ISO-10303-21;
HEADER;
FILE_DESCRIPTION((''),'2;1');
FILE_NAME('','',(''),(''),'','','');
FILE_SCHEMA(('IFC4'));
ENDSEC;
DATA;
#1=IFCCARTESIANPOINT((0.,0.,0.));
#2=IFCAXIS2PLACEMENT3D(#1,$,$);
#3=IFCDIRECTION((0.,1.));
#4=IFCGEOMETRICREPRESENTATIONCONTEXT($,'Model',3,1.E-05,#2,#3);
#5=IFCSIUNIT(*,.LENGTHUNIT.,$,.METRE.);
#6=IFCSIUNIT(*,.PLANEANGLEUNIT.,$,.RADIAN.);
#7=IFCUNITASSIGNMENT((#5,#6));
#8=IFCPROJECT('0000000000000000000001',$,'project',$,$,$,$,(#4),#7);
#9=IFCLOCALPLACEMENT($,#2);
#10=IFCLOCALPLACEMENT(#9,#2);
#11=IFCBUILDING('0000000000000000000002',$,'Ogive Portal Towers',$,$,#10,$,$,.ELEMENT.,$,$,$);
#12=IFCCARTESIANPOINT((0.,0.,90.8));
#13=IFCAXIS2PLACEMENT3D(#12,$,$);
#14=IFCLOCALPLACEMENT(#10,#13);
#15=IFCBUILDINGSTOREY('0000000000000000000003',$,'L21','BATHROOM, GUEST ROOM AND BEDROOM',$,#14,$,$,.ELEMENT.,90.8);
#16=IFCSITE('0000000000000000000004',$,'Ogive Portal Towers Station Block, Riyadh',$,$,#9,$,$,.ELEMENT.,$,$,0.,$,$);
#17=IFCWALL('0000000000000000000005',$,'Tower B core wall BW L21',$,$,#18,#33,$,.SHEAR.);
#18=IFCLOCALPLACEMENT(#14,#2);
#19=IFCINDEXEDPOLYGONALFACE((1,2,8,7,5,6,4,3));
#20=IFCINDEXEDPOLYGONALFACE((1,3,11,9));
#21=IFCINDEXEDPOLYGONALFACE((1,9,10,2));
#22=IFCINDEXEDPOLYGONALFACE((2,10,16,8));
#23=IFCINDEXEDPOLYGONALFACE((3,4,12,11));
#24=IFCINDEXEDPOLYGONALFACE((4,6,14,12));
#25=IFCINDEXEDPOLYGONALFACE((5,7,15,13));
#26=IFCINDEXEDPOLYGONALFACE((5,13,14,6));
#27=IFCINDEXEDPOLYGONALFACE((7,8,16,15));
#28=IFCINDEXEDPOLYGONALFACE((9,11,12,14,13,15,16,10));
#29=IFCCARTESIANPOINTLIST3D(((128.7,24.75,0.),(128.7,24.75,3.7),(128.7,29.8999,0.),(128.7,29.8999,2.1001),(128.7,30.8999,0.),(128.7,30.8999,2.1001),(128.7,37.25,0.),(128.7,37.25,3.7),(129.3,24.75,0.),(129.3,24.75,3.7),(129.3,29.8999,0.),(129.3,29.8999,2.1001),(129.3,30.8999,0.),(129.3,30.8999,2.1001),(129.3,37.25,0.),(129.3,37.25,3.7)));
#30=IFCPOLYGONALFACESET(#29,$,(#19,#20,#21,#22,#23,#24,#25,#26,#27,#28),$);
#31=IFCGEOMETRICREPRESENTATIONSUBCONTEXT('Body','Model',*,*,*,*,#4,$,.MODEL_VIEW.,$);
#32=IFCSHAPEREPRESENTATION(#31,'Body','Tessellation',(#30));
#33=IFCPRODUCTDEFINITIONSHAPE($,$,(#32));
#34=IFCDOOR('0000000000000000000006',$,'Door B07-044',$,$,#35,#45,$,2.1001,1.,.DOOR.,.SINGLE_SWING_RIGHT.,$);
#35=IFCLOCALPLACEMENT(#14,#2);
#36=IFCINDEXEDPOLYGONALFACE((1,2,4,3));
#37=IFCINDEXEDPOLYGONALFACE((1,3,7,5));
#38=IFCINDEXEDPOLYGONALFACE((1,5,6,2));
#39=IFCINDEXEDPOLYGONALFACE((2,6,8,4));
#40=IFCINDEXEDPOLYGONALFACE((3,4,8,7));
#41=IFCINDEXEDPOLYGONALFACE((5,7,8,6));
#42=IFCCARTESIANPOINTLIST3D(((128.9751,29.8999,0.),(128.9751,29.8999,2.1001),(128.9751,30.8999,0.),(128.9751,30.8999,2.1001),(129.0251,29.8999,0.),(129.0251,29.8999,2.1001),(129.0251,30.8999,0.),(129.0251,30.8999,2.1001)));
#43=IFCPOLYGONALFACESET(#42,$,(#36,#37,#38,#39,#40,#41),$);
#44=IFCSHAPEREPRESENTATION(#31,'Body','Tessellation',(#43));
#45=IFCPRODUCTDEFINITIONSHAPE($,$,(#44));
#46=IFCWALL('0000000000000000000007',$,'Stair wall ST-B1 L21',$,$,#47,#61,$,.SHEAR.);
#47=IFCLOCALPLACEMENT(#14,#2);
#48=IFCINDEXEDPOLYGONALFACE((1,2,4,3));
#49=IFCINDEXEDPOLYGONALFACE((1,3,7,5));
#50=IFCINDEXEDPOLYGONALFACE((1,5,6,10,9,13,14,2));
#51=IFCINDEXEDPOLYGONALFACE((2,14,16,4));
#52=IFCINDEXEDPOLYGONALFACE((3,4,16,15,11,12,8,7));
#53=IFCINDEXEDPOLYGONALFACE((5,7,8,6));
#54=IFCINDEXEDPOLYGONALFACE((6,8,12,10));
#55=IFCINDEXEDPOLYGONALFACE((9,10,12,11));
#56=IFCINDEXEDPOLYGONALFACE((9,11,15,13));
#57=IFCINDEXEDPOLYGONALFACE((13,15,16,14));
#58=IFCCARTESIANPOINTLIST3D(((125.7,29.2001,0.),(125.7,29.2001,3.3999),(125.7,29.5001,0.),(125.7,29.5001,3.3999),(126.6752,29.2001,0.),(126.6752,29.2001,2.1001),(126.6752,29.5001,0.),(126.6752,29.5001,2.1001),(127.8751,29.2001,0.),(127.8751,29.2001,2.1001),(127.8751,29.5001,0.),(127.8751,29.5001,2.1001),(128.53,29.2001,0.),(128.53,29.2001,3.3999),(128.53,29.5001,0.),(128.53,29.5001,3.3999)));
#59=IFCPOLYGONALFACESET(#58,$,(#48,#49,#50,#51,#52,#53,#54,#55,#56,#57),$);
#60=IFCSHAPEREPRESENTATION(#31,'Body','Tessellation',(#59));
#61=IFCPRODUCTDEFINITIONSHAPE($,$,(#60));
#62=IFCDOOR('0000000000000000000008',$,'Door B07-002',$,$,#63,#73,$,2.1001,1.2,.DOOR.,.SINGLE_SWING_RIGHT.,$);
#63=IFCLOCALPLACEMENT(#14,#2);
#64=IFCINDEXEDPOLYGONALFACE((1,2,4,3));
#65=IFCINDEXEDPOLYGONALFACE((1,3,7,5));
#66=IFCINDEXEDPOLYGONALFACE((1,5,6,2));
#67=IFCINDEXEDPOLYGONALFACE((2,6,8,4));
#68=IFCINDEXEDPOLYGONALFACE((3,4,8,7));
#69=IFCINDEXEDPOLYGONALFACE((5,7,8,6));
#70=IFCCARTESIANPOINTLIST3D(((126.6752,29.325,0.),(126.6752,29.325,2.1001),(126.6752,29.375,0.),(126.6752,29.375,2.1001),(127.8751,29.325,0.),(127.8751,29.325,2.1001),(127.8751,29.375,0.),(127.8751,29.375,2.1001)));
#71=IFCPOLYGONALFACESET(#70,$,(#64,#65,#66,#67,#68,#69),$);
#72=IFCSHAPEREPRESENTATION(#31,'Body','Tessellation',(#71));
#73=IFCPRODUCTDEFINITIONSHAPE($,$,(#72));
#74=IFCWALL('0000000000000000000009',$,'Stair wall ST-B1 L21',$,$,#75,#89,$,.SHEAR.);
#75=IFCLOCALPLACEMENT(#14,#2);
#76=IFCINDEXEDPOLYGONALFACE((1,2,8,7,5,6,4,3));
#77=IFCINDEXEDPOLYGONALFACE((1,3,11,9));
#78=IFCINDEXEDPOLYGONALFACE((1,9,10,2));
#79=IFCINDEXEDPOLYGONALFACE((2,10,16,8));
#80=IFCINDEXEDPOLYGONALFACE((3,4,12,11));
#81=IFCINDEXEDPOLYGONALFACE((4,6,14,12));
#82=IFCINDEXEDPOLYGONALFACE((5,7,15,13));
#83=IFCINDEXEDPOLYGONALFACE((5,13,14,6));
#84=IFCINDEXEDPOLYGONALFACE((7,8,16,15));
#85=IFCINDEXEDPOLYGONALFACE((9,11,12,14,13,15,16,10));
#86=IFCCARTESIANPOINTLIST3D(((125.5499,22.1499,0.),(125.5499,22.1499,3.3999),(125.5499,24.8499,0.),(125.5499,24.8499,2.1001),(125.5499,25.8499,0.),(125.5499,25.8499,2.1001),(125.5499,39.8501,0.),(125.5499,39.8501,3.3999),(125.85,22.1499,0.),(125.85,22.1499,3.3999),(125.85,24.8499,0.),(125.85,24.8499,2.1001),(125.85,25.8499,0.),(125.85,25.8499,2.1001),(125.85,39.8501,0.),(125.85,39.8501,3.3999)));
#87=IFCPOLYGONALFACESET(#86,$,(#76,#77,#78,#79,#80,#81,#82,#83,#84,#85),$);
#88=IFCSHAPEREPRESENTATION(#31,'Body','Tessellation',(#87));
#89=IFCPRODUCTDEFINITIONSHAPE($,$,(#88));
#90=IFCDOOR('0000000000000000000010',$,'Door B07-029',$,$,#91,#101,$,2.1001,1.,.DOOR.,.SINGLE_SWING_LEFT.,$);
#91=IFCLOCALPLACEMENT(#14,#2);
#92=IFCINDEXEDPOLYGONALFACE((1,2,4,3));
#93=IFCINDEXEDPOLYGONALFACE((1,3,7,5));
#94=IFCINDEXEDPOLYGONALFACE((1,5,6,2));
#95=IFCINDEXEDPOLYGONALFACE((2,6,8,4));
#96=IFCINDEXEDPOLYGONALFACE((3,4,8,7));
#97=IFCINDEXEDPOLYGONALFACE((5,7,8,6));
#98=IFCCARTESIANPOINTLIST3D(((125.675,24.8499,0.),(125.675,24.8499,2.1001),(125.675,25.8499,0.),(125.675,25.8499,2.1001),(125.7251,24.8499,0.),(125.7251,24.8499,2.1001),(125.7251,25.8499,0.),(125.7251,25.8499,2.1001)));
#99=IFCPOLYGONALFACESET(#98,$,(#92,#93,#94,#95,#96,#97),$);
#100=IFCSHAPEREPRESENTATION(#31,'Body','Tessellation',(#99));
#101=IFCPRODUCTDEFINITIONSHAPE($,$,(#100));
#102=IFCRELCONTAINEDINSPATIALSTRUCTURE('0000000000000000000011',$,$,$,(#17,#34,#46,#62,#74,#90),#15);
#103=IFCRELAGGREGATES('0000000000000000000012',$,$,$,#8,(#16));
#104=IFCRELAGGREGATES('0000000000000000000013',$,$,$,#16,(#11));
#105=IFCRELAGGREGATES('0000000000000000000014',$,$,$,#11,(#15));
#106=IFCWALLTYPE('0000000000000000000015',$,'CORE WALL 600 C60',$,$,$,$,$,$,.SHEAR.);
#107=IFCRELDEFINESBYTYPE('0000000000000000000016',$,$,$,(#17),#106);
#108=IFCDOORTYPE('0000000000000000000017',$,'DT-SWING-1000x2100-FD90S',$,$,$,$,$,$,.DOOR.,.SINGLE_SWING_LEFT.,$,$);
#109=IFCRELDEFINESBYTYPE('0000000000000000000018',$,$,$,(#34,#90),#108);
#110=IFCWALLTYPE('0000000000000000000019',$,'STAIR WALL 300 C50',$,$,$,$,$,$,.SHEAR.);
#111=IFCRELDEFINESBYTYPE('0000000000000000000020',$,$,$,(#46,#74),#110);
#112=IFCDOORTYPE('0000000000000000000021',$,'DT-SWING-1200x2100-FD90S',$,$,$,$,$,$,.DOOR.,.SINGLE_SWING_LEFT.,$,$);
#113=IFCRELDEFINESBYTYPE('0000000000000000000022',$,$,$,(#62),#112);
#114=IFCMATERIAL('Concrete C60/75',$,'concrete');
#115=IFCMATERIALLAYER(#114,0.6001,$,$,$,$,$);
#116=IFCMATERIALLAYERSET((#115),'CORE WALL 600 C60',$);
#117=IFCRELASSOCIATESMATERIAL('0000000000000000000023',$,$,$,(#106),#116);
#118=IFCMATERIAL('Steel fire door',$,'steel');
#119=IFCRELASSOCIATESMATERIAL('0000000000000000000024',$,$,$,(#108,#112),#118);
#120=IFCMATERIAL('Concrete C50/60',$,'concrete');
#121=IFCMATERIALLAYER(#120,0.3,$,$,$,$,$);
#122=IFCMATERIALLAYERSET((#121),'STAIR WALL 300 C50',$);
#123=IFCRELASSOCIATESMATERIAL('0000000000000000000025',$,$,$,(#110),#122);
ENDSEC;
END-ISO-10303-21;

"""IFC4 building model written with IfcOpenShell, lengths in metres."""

from ifc_helpers import new_model, si_unit, direction, frame, frame_2d, origin, place, context, subcontext, project, spatial, rectangle, extrude, material, layer, layer_set, type_object, element, fill, save


model = new_model("IFC4")

# Units and contexts
model_context = context("Model", 3, precision=1e-05, world=origin(), true_north=direction((0.0, 1.0)))
body_context = subcontext(model_context, "Body", "Model", "MODEL_VIEW")
ifc_project = project(units=[si_unit("LENGTHUNIT", "METRE"), si_unit("PLANEANGLEUNIT", "RADIAN")], contexts=[model_context])

# Site, building, storey
site_placement = place(None, origin())
site = spatial("IfcSite", under=ifc_project, at=site_placement, Name="Ogive Portal Towers Station Block, Riyadh", CompositionType="ELEMENT", RefElevation=0.0)
building_placement = place(site_placement, origin())
building = spatial("IfcBuilding", under=site, at=building_placement, Name="Ogive Portal Towers", CompositionType="ELEMENT")
storey_placement = place(building_placement, frame((0.0, 0.0, 90.8)))
storey = spatial("IfcBuildingStorey", under=building, at=storey_placement, Name="L21", Description="BATHROOM, GUEST ROOM AND BEDROOM", CompositionType="ELEMENT", Elevation=90.8)

# Shared definitions
ifc_material_1 = material(Name="Concrete C50/60", Category="concrete")

# Shared definitions
ifc_material_2 = material(Name="Concrete C60/75", Category="concrete")
ifc_material_3 = material(Name="Steel fire door", Category="steel")

# Walls, openings, doors
ifc_layer_1 = layer(ifc_material_2, 0.6001)
ifc_layer_set_1 = layer_set([ifc_layer_1], Name="CORE WALL 600 C60")
wall_type_1 = type_object("IfcWallType", Name="CORE WALL 600 C60", PredefinedType="SHEAR", material=ifc_layer_set_1)
wall_1_placement = place(storey_placement, frame((129.0, 24.75, 0.0), z_axis=(0.0, 0.0, 1.0), x_axis=(0.0, 1.0, 0.0)))
wall_1 = element("IfcWall", 1, at=wall_1_placement, inside=storey, type_object=wall_type_1, Name="Tower B core wall BW L21", PredefinedType="SHEAR", context=body_context, shape_type="SweptSolid", body=[
    extrude(rectangle(XDim=12.5, YDim=0.6001, at=frame_2d((6.25, 0.0))), origin(), (0.0, 0.0, 1.0), 3.7),
])
opening_1_placement = place(wall_1_placement, frame((5.1499, 0.0, 0.0)))
opening_1 = element("IfcOpeningElement", 2, at=opening_1_placement, cuts=wall_1, PredefinedType="OPENING", context=body_context, shape_type="SweptSolid", body=[
    extrude(rectangle(XDim=1.0, YDim=2.1001, at=frame_2d((0.5, 1.05))), frame((0.0, 0.3101, 0.0), z_axis=(0.0, -1.0, 0.0), x_axis=(1.0, 0.0, 0.0)), (0.0, 0.0, 1.0), 0.6201),
])
door_type_1 = type_object("IfcDoorType", Name="DT-SWING-1000x2100-FD90S", OperationType="SINGLE_SWING_LEFT", PredefinedType="DOOR", material=ifc_material_3)
door_1_placement = place(opening_1_placement, origin())
door_1 = element("IfcDoor", 3, at=door_1_placement, inside=storey, type_object=door_type_1, Name="Door B07-044", OperationType="SINGLE_SWING_RIGHT", OverallHeight=2.1001, OverallWidth=1.0, PredefinedType="DOOR", context=body_context, shape_type="SweptSolid", body=[
    extrude(rectangle(XDim=1.0, YDim=2.1001, at=frame_2d((0.5, 1.05))), frame((0.0, 0.0249, 0.0), z_axis=(0.0, -1.0, 0.0), x_axis=(1.0, 0.0, 0.0)), (0.0, 0.0, 1.0), 0.05),
])
fill(opening_1, door_1)
ifc_layer_2 = layer(ifc_material_1, 0.3)
ifc_layer_set_2 = layer_set([ifc_layer_2], Name="STAIR WALL 300 C50")
wall_type_2 = type_object("IfcWallType", Name="STAIR WALL 300 C50", PredefinedType="SHEAR", material=ifc_layer_set_2)
wall_2_placement = place(storey_placement, frame((125.7, 29.3501, 0.0), z_axis=(0.0, 0.0, 1.0), x_axis=(1.0, 0.0, 0.0)))
wall_2 = element("IfcWall", 4, at=wall_2_placement, inside=storey, type_object=wall_type_2, Name="Stair wall ST-B1 L21", PredefinedType="SHEAR", context=body_context, shape_type="SweptSolid", body=[
    extrude(rectangle(XDim=2.8301, YDim=0.3, at=frame_2d((1.415, 0.0))), origin(), (0.0, 0.0, 1.0), 3.3999),
])
opening_2_placement = place(wall_2_placement, frame((0.9751, 0.0, 0.0)))
opening_2 = element("IfcOpeningElement", 5, at=opening_2_placement, cuts=wall_2, PredefinedType="OPENING", context=body_context, shape_type="SweptSolid", body=[
    extrude(rectangle(XDim=1.2, YDim=2.1001, at=frame_2d((0.6001, 1.05))), frame((0.0, 0.1602, 0.0), z_axis=(0.0, -1.0, 0.0), x_axis=(1.0, 0.0, 0.0)), (0.0, 0.0, 1.0), 0.3201),
])
door_type_2 = type_object("IfcDoorType", Name="DT-SWING-1200x2100-FD90S", OperationType="SINGLE_SWING_LEFT", PredefinedType="DOOR", material=ifc_material_3)
door_2_placement = place(opening_2_placement, origin())
door_2 = element("IfcDoor", 6, at=door_2_placement, inside=storey, type_object=door_type_2, Name="Door B07-002", OperationType="SINGLE_SWING_RIGHT", OverallHeight=2.1001, OverallWidth=1.2, PredefinedType="DOOR", context=body_context, shape_type="SweptSolid", body=[
    extrude(rectangle(XDim=1.2, YDim=2.1001, at=frame_2d((0.6001, 1.05))), frame((0.0, 0.0249, 0.0), z_axis=(0.0, -1.0, 0.0), x_axis=(1.0, 0.0, 0.0)), (0.0, 0.0, 1.0), 0.05),
])
fill(opening_2, door_2)
wall_3_placement = place(storey_placement, frame((125.7, 22.1499, 0.0), z_axis=(0.0, 0.0, 1.0), x_axis=(0.0, 1.0, 0.0)))
wall_3 = element("IfcWall", 7, at=wall_3_placement, inside=storey, type_object=wall_type_2, Name="Stair wall ST-B1 L21", PredefinedType="SHEAR", context=body_context, shape_type="SweptSolid", body=[
    extrude(rectangle(XDim=17.7002, YDim=0.3, at=frame_2d((8.8501, 0.0))), origin(), (0.0, 0.0, 1.0), 3.3999),
])
opening_3_placement = place(wall_3_placement, frame((2.7, 0.0, 0.0)))
opening_3 = element("IfcOpeningElement", 8, at=opening_3_placement, cuts=wall_3, PredefinedType="OPENING", context=body_context, shape_type="SweptSolid", body=[
    extrude(rectangle(XDim=1.0, YDim=2.1001, at=frame_2d((0.5, 1.05))), frame((0.0, 0.1602, 0.0), z_axis=(0.0, -1.0, 0.0), x_axis=(1.0, 0.0, 0.0)), (0.0, 0.0, 1.0), 0.3201),
])
door_3_placement = place(opening_3_placement, origin())
door_3 = element("IfcDoor", 9, at=door_3_placement, inside=storey, type_object=door_type_1, Name="Door B07-029", OperationType="SINGLE_SWING_LEFT", OverallHeight=2.1001, OverallWidth=1.0, PredefinedType="DOOR", context=body_context, shape_type="SweptSolid", body=[
    extrude(rectangle(XDim=1.0, YDim=2.1001, at=frame_2d((0.5, 1.05))), frame((0.0, 0.0249, 0.0), z_axis=(0.0, -1.0, 0.0), x_axis=(1.0, 0.0, 0.0)), (0.0, 0.0, 1.0), 0.05),
])
fill(opening_3, door_3)

save(model, "model.ifc")
